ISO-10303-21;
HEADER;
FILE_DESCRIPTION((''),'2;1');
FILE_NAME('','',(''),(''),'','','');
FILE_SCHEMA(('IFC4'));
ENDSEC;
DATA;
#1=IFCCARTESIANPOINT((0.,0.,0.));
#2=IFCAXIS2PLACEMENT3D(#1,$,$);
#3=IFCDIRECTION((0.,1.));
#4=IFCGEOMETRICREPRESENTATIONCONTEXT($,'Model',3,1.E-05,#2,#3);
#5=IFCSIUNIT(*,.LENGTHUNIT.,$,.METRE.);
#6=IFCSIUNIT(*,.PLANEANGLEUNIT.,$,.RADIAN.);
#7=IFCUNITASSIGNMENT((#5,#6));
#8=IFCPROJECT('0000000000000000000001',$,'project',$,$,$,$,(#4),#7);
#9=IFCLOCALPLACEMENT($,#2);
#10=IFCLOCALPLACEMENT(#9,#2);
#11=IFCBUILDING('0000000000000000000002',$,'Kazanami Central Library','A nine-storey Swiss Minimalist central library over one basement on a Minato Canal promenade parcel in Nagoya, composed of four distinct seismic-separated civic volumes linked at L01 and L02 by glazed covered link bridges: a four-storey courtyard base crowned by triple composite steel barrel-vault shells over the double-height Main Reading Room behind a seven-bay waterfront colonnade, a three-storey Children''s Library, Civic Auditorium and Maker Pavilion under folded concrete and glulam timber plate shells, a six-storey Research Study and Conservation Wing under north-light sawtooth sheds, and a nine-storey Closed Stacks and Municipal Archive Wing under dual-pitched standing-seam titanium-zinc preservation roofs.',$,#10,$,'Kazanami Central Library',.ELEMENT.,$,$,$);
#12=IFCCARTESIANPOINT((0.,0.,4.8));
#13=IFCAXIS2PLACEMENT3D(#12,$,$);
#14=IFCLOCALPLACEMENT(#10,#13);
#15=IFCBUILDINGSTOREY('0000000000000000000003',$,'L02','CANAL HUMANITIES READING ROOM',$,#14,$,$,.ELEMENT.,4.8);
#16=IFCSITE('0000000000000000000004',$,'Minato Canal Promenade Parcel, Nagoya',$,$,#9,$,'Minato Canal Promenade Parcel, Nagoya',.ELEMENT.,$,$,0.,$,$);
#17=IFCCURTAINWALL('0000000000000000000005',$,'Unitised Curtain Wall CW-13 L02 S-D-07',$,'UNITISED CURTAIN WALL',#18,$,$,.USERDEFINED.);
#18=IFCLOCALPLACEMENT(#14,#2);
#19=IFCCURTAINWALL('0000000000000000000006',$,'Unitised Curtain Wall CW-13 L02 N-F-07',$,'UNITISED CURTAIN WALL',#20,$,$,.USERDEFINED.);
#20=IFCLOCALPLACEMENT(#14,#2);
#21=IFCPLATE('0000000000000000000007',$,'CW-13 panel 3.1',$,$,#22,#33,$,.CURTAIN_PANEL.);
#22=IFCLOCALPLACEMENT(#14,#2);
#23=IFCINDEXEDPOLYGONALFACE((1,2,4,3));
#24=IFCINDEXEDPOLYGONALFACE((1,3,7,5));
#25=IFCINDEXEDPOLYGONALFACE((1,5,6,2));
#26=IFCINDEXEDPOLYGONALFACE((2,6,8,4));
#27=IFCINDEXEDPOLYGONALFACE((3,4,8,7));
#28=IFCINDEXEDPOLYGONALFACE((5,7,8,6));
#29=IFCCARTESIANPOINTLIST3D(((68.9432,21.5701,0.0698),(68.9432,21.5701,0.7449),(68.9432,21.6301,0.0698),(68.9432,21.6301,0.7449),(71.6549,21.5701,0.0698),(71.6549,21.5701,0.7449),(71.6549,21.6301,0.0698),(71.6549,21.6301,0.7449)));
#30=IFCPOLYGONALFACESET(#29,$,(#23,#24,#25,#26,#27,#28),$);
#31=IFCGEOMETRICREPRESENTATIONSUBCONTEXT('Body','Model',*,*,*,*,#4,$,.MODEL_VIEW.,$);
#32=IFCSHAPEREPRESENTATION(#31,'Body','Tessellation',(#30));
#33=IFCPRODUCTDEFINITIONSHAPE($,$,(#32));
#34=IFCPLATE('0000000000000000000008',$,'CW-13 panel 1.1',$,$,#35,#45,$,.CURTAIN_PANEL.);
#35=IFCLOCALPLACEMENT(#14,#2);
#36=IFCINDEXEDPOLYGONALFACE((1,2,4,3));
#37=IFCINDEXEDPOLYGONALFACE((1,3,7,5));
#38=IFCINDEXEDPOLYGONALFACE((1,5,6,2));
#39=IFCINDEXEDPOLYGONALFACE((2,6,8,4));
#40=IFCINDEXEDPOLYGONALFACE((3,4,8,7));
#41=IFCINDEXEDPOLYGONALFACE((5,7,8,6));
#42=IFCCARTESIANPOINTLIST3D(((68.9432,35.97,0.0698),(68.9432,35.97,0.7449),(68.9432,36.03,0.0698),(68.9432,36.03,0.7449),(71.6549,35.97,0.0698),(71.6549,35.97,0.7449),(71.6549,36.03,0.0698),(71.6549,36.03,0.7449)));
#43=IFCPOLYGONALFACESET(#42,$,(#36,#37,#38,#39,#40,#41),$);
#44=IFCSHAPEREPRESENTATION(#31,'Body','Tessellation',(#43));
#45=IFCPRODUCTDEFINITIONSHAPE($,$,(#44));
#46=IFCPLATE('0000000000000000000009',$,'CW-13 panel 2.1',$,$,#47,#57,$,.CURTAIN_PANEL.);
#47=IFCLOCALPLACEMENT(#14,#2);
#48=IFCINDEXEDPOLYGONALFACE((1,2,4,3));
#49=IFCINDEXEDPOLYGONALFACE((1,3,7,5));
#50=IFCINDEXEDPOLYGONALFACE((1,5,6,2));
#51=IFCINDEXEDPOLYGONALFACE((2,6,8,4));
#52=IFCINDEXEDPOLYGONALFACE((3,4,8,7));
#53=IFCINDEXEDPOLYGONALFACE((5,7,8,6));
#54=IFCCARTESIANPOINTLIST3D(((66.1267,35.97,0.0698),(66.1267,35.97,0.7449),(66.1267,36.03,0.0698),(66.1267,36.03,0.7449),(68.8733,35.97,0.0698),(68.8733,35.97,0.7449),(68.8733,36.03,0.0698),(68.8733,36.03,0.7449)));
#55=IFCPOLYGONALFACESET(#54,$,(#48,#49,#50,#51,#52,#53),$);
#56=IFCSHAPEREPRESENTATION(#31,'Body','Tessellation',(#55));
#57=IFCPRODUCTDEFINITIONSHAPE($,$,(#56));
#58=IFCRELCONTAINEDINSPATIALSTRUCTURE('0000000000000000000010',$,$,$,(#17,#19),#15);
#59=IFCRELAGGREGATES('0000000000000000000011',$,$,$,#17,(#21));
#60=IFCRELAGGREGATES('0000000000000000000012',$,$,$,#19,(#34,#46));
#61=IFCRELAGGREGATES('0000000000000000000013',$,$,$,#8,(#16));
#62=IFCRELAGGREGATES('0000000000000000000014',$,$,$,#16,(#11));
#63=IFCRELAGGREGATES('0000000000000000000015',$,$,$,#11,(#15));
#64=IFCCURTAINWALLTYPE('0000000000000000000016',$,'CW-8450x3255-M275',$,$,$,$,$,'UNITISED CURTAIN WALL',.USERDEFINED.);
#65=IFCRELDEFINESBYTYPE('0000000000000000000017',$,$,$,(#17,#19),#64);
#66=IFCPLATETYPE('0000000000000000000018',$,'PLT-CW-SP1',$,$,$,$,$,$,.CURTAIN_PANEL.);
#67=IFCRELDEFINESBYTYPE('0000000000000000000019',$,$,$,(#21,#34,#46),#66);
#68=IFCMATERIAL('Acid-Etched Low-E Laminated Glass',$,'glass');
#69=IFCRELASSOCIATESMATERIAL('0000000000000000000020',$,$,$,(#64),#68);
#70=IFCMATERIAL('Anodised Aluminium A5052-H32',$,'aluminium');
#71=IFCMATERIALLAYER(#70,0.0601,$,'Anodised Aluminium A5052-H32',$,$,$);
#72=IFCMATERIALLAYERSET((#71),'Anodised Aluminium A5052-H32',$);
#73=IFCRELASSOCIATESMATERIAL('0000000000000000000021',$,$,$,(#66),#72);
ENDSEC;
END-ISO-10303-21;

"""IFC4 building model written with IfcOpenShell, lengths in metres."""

from ifc_helpers import new_model, si_unit, direction, frame, origin, origin_2d, place, context, subcontext, project, spatial, rectangle, extrude, material, layer, layer_set, type_object, element, aggregate, save


model = new_model("IFC4")

# Units and contexts
model_context = context("Model", 3, precision=1e-05, world=origin(), true_north=direction((0.0, 1.0)))
body_context = subcontext(model_context, "Body", "Model", "MODEL_VIEW")
ifc_project = project(units=[si_unit("LENGTHUNIT", "METRE"), si_unit("PLANEANGLEUNIT", "RADIAN")], contexts=[model_context])

# Site, building, storey
site_placement = place(None, origin())
site = spatial("IfcSite", under=ifc_project, at=site_placement, Name="Minato Canal Promenade Parcel, Nagoya", LongName="Minato Canal Promenade Parcel, Nagoya", CompositionType="ELEMENT", RefElevation=0.0)
building_placement = place(site_placement, origin())
building = spatial("IfcBuilding", under=site, at=building_placement, Name="Kazanami Central Library", Description="A nine-storey Swiss Minimalist central library over one basement on a Minato Canal promenade parcel in Nagoya, composed of four distinct seismic-separated civic volumes linked at L01 and L02 by glazed covered link bridges: a four-storey courtyard base crowned by triple composite steel barrel-vault shells over the double-height Main Reading Room behind a seven-bay waterfront colonnade, a three-storey Children's Library, Civic Auditorium and Maker Pavilion under folded concrete and glulam timber plate shells, a six-storey Research Study and Conservation Wing under north-light sawtooth sheds, and a nine-storey Closed Stacks and Municipal Archive Wing under dual-pitched standing-seam titanium-zinc preservation roofs.", LongName="Kazanami Central Library", CompositionType="ELEMENT")
storey_placement = place(building_placement, frame((0.0, 0.0, 4.8)))
storey = spatial("IfcBuildingStorey", under=building, at=storey_placement, Name="L02", Description="CANAL HUMANITIES READING ROOM", CompositionType="ELEMENT", Elevation=4.8)

# Curtain walls
ifc_material_1 = material(Name="Acid-Etched Low-E Laminated Glass", Category="glass")
curtain_wall_type = type_object("IfcCurtainWallType", Name="CW-8450x3255-M275", ElementType="UNITISED CURTAIN WALL", PredefinedType="USERDEFINED", material=ifc_material_1)
curtain_wall_1_placement = place(storey_placement, origin())
curtain_wall_1 = element("IfcCurtainWall", 1, at=curtain_wall_1_placement, inside=storey, type_object=curtain_wall_type, Name="Unitised Curtain Wall CW-13 L02 S-D-07", ObjectType="UNITISED CURTAIN WALL", PredefinedType="USERDEFINED")
curtain_wall_2_placement = place(storey_placement, origin())
curtain_wall_2 = element("IfcCurtainWall", 2, at=curtain_wall_2_placement, inside=storey, type_object=curtain_wall_type, Name="Unitised Curtain Wall CW-13 L02 N-F-07", ObjectType="UNITISED CURTAIN WALL", PredefinedType="USERDEFINED")

# Plates
ifc_material_2 = material(Name="Anodised Aluminium A5052-H32", Category="aluminium")
ifc_layer_1 = layer(ifc_material_2, 0.0601, Name="Anodised Aluminium A5052-H32")
ifc_layer_set_1 = layer_set([ifc_layer_1], Name="Anodised Aluminium A5052-H32")
plate_type_1 = type_object("IfcPlateType", Name="PLT-CW-SP1", PredefinedType="CURTAIN_PANEL", material=ifc_layer_set_1)
plate_1_placement = place(storey_placement, frame((70.2991, 21.6001, 0.0698), z_axis=(0.0, 0.0, 1.0), x_axis=(1.0, 0.0, 0.0)))
plate_1 = element("IfcPlate", 3, at=plate_1_placement, type_object=plate_type_1, Name="CW-13 panel 3.1", PredefinedType="CURTAIN_PANEL", context=body_context, shape_type="SweptSolid", body=[
    extrude(rectangle(XDim=2.7117, YDim=0.0601, at=origin_2d()), origin(), (0.0, 0.0, 1.0), 0.675),
])
aggregate(curtain_wall_1, [plate_1])
plate_2_placement = place(storey_placement, frame((70.2991, 36.0, 0.0698), z_axis=(0.0, 0.0, 1.0), x_axis=(-1.0, 0.0, 0.0)))
plate_2 = element("IfcPlate", 4, at=plate_2_placement, type_object=plate_type_1, Name="CW-13 panel 1.1", PredefinedType="CURTAIN_PANEL", context=body_context, shape_type="SweptSolid", body=[
    extrude(rectangle(XDim=2.7117, YDim=0.0601, at=origin_2d()), origin(), (0.0, 0.0, 1.0), 0.675),
])
plate_3_placement = place(storey_placement, frame((67.5, 36.0, 0.0698), z_axis=(0.0, 0.0, 1.0), x_axis=(-1.0, 0.0, 0.0)))
plate_3 = element("IfcPlate", 5, at=plate_3_placement, type_object=plate_type_1, Name="CW-13 panel 2.1", PredefinedType="CURTAIN_PANEL", context=body_context, shape_type="SweptSolid", body=[
    extrude(rectangle(XDim=2.7466, YDim=0.0601, at=origin_2d()), origin(), (0.0, 0.0, 1.0), 0.675),
])
aggregate(curtain_wall_2, [plate_2, plate_3])

save(model, "model.ifc")
